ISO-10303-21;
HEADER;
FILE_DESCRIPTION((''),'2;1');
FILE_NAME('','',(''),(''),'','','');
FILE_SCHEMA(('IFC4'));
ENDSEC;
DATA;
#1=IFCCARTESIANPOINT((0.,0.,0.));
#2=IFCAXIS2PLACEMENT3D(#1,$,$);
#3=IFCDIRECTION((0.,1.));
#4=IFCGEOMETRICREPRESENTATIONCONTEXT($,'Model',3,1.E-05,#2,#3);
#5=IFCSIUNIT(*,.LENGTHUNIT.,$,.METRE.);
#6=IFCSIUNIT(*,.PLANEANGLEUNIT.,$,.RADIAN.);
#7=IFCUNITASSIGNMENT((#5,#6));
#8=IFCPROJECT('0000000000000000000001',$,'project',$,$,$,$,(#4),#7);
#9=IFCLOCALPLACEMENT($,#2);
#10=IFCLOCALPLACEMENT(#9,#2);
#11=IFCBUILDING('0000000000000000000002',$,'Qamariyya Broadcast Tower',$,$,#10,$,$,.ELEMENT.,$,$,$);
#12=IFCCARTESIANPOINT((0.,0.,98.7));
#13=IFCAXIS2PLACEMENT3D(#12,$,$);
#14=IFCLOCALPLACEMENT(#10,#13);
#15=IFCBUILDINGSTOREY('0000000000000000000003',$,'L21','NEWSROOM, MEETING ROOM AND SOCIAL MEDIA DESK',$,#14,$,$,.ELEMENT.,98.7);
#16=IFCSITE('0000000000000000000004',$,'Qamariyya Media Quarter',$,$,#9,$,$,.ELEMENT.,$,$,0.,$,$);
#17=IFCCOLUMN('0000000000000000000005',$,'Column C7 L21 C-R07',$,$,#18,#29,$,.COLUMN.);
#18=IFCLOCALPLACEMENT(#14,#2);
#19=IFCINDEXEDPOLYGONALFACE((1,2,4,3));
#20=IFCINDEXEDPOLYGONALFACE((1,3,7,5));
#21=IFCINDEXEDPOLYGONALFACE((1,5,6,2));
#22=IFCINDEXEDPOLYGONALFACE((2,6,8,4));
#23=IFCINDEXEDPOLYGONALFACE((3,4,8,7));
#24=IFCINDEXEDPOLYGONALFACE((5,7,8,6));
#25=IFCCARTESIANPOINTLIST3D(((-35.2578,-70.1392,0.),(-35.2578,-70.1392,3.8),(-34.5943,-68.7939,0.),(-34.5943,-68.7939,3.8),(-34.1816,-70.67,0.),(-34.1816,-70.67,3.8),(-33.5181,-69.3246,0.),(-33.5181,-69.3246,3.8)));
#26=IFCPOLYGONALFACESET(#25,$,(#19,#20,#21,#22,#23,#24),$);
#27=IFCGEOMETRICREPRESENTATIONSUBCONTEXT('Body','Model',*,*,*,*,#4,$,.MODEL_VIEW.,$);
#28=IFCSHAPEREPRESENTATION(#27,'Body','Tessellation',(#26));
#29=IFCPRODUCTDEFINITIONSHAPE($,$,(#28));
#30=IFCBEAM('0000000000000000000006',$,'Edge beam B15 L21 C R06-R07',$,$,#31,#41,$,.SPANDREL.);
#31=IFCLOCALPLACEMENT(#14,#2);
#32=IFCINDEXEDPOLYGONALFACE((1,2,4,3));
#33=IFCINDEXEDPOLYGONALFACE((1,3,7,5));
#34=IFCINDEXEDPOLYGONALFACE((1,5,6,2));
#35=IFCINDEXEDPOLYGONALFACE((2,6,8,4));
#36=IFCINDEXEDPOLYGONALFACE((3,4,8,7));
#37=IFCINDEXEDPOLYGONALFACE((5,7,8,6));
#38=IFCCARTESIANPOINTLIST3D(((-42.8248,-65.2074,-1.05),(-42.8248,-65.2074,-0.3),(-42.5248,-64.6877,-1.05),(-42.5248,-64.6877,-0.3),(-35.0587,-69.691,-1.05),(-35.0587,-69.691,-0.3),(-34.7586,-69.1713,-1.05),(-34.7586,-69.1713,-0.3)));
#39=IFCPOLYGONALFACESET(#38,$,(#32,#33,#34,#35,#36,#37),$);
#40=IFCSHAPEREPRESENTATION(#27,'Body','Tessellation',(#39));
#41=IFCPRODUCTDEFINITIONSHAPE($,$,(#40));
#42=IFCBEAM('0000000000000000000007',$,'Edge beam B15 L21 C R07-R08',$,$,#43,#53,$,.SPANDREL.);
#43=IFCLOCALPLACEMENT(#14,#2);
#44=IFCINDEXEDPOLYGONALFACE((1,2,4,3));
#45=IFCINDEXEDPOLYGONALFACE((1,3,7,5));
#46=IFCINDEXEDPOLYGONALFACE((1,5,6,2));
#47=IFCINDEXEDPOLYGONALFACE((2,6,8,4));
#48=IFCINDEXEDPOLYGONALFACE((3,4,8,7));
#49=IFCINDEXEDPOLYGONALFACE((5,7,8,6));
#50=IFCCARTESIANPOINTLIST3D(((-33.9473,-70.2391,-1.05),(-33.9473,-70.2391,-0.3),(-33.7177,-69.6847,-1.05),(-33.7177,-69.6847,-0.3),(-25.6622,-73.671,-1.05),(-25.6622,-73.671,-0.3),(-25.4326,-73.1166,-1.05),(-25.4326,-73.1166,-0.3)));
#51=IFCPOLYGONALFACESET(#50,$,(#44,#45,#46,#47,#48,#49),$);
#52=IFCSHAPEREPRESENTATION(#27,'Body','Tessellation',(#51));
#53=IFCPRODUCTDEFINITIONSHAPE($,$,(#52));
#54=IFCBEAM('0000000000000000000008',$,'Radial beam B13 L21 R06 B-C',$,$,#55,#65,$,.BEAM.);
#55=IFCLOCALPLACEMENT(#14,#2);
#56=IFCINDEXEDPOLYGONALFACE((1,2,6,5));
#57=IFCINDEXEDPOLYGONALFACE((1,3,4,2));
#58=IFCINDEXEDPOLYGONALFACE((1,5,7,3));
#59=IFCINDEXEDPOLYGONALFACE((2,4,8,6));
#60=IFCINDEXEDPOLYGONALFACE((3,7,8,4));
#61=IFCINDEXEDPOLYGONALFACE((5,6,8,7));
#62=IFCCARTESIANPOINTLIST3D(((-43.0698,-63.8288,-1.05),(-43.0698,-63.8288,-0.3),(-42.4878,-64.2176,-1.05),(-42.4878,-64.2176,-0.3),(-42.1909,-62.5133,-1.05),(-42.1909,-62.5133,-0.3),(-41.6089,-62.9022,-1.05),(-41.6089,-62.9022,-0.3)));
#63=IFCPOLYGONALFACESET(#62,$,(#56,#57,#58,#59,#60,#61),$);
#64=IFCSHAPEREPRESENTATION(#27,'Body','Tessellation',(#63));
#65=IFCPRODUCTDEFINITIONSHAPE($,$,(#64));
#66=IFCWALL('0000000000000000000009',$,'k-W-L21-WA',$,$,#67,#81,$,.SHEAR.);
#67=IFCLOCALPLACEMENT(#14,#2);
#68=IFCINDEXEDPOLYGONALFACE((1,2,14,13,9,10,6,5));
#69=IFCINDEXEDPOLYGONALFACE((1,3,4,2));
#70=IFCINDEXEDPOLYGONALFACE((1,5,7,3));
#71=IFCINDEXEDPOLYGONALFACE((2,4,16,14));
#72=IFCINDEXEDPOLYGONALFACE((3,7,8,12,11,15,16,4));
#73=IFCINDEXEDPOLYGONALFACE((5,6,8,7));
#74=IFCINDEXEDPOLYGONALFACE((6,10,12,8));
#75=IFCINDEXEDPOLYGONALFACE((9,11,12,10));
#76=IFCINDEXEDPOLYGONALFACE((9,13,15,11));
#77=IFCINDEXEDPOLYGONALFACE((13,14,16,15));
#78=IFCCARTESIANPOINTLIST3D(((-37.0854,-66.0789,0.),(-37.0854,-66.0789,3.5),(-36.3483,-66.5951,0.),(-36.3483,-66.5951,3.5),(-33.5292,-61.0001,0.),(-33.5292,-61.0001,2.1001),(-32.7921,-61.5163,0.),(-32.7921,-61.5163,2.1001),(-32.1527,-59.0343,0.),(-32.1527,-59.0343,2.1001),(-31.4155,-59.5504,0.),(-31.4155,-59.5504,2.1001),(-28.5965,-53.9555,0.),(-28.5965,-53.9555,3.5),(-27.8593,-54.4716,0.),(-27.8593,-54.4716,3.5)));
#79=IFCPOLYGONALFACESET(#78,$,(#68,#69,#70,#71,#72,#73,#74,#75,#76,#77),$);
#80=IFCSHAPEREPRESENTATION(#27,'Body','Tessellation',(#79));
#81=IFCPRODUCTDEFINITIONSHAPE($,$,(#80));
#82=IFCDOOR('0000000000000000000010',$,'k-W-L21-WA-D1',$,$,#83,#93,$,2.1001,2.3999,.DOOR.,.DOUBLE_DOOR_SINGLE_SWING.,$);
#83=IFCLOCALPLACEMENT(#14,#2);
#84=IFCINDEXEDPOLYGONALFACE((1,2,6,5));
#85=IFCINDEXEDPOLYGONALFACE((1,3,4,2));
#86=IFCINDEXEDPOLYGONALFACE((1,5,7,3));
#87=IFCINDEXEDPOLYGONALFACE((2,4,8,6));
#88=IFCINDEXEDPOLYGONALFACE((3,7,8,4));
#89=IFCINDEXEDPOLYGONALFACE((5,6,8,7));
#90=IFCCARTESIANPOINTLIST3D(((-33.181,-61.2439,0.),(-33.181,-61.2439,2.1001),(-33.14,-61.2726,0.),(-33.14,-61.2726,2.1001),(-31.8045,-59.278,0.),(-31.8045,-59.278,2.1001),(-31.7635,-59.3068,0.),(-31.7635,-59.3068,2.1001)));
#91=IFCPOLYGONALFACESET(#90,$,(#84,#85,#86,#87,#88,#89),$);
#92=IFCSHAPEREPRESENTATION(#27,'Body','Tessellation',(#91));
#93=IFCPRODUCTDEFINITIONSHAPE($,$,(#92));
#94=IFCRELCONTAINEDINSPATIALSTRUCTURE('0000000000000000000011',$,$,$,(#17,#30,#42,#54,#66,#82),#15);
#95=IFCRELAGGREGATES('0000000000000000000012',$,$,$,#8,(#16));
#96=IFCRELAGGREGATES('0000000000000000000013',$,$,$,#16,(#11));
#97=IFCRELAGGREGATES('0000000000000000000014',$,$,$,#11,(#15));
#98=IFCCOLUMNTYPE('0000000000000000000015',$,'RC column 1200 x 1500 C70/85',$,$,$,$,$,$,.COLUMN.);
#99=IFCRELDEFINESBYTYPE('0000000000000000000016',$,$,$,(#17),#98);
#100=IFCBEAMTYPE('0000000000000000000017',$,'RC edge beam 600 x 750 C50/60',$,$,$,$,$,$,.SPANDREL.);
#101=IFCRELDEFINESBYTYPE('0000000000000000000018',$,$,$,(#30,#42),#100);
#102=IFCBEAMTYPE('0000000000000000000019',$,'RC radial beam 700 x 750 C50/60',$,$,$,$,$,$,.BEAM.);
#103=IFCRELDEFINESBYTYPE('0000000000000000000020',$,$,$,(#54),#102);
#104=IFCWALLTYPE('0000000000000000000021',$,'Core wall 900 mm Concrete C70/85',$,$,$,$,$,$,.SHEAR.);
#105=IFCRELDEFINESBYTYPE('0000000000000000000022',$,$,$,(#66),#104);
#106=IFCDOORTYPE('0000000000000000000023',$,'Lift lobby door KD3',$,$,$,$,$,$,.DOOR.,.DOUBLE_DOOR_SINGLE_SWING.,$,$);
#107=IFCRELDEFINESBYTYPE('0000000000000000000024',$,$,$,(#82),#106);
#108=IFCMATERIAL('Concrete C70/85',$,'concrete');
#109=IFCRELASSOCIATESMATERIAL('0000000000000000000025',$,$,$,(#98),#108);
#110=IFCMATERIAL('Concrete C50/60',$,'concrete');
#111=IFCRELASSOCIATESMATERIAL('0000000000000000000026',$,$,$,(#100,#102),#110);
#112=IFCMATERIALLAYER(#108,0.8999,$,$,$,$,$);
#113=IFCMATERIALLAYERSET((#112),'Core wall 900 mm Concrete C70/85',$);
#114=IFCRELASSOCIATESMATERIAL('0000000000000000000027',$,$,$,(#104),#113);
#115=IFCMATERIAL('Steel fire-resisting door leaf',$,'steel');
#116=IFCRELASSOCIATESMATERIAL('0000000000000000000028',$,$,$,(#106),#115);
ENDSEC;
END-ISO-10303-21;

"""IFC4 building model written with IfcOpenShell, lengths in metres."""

from ifc_helpers import new_model, si_unit, direction, frame, frame_2d, origin, origin_2d, place, context, subcontext, project, spatial, rectangle, extrude, material, layer, layer_set, material_profile, profile_set, type_object, element, fill, save


model = new_model("IFC4")

# Units and contexts
model_context = context("Model", 3, precision=1e-05, world=origin(), true_north=direction((0.0, 1.0)))
body_context = subcontext(model_context, "Body", "Model", "MODEL_VIEW")
ifc_project = project(units=[si_unit("LENGTHUNIT", "METRE"), si_unit("PLANEANGLEUNIT", "RADIAN")], contexts=[model_context])

# Site, building, storey
site_placement = place(None, origin())
site = spatial("IfcSite", under=ifc_project, at=site_placement, Name="Qamariyya Media Quarter", CompositionType="ELEMENT", RefElevation=0.0)
building_placement = place(site_placement, origin())
building = spatial("IfcBuilding", under=site, at=building_placement, Name="Qamariyya Broadcast Tower", CompositionType="ELEMENT")
storey_placement = place(building_placement, frame((0.0, 0.0, 98.7)))
storey = spatial("IfcBuildingStorey", under=building, at=storey_placement, Name="L21", Description="NEWSROOM, MEETING ROOM AND SOCIAL MEDIA DESK", CompositionType="ELEMENT", Elevation=98.7)

# Column
ifc_material_1 = material(Name="Concrete C70/85", Category="concrete")
ifc_material_profile_1 = material_profile(ifc_material_1, rectangle(XDim=1.2, YDim=1.5, at=origin_2d()))
ifc_profile_set_1 = profile_set([ifc_material_profile_1], Name="Concrete C70/85")
column_type = type_object("IfcColumnType", Name="RC column 1200 x 1500 C70/85", PredefinedType="COLUMN", material=ifc_profile_set_1)
column_placement = place(storey_placement, frame((-34.3879, -69.7319, 0.0), z_axis=(0.0, 0.0, 1.0), x_axis=(0.896873, -0.442289, 0.0)))
element("IfcColumn", 1, at=column_placement, inside=storey, type_object=column_type, Name="Column C7 L21 C-R07", PredefinedType="COLUMN", context=body_context, shape_type="SweptSolid", body=[
    extrude(rectangle(XDim=1.2, YDim=1.5, at=origin_2d()), origin(), (0.0, 0.0, 1.0), 3.8),
])

# Beams
ifc_material_2 = material(Name="Concrete C50/60", Category="concrete")
ifc_material_profile_2 = material_profile(ifc_material_2, rectangle(XDim=0.6001, YDim=0.75, at=origin_2d()))
ifc_profile_set_2 = profile_set([ifc_material_profile_2], Name="Concrete C50/60")
beam_type_1 = type_object("IfcBeamType", Name="RC edge beam 600 x 750 C50/60", PredefinedType="SPANDREL", material=ifc_profile_set_2)
beam_1_placement = place(storey_placement, frame((-42.6748, -64.9475, -0.675), z_axis=(0.866031, -0.49999, 0.0), x_axis=(0.49999, 0.866031, 0.0)))
element("IfcBeam", 2, at=beam_1_placement, inside=storey, type_object=beam_type_1, Name="Edge beam B15 L21 C R06-R07", PredefinedType="SPANDREL", context=body_context, shape_type="SweptSolid", body=[
    extrude(rectangle(XDim=0.6001, YDim=0.75, at=origin_2d()), origin(), (0.0, 0.0, 1.0), 8.9675),
])
beam_2_placement = place(storey_placement, frame((-33.8325, -69.9619, -0.675), z_axis=(0.923877, -0.382689, 0.0), x_axis=(0.382689, 0.923877, 0.0)))
element("IfcBeam", 3, at=beam_2_placement, inside=storey, type_object=beam_type_1, Name="Edge beam B15 L21 C R07-R08", PredefinedType="SPANDREL", context=body_context, shape_type="SweptSolid", body=[
    extrude(rectangle(XDim=0.6001, YDim=0.75, at=origin_2d()), origin(), (0.0, 0.0, 1.0), 8.9678),
])
ifc_material_profile_3 = material_profile(ifc_material_2, rectangle(XDim=0.7, YDim=0.75, at=origin_2d()))
ifc_profile_set_3 = profile_set([ifc_material_profile_3], Name="Concrete C50/60")
beam_type_2 = type_object("IfcBeamType", Name="RC radial beam 700 x 750 C50/60", PredefinedType="BEAM", material=ifc_profile_set_3)
beam_3_placement = place(storey_placement, frame((-41.8999, -62.7078, -0.675), z_axis=(-0.555555, -0.83148, 0.0), x_axis=(0.83148, -0.555555, 0.0)))
element("IfcBeam", 4, at=beam_3_placement, inside=storey, type_object=beam_type_2, Name="Radial beam B13 L21 R06 B-C", PredefinedType="BEAM", context=body_context, shape_type="SweptSolid", body=[
    extrude(rectangle(XDim=0.7, YDim=0.75, at=origin_2d()), origin(), (0.0, 0.0, 1.0), 1.582),
])

# Wall, opening, door
ifc_layer_1 = layer(ifc_material_1, 0.8999)
ifc_layer_set_1 = layer_set([ifc_layer_1], Name="Core wall 900 mm Concrete C70/85")
wall_type_1 = type_object("IfcWallType", Name="Core wall 900 mm Concrete C70/85", PredefinedType="SHEAR", material=ifc_layer_set_1)
wall_1_placement = place(storey_placement, frame((-36.7168, -66.3369, 0.0), z_axis=(0.0, 0.0, 1.0), x_axis=(0.573577, 0.819151, 0.0)))
wall_1 = element("IfcWall", 5, at=wall_1_placement, inside=storey, type_object=wall_type_1, Name="k-W-L21-WA", PredefinedType="SHEAR", context=body_context, shape_type="SweptSolid", body=[
    extrude(rectangle(XDim=14.8, YDim=0.8999, at=frame_2d((7.3999, 0.0))), origin(), (0.0, 0.0, 1.0), 3.5),
])
opening_1_placement = place(wall_1_placement, frame((6.2, 0.0, 0.0)))
opening_1 = element("IfcOpeningElement", 6, at=opening_1_placement, cuts=wall_1, PredefinedType="OPENING", context=body_context, shape_type="SweptSolid", body=[
    extrude(rectangle(XDim=2.3999, YDim=2.1001, at=frame_2d((1.2, 1.05))), frame((0.0, 0.46, 0.0), z_axis=(0.0, -1.0, 0.0), x_axis=(1.0, 0.0, 0.0)), (0.0, 0.0, 1.0), 0.9199),
])
ifc_material_3 = material(Name="Steel fire-resisting door leaf", Category="steel")
door_type_1 = type_object("IfcDoorType", Name="Lift lobby door KD3", OperationType="DOUBLE_DOOR_SINGLE_SWING", PredefinedType="DOOR", material=ifc_material_3)
door_1_placement = place(opening_1_placement, origin())
door_1 = element("IfcDoor", 7, at=door_1_placement, inside=storey, type_object=door_type_1, Name="k-W-L21-WA-D1", OperationType="DOUBLE_DOOR_SINGLE_SWING", OverallHeight=2.1001, OverallWidth=2.3999, PredefinedType="DOOR", context=body_context, shape_type="SweptSolid", body=[
    extrude(rectangle(XDim=2.3999, YDim=2.1001, at=frame_2d((1.2, 1.05))), frame((0.0, 0.0249, 0.0), z_axis=(0.0, -1.0, 0.0), x_axis=(1.0, 0.0, 0.0)), (0.0, 0.0, 1.0), 0.05),
])
fill(opening_1, door_1)

save(model, "model.ifc")
